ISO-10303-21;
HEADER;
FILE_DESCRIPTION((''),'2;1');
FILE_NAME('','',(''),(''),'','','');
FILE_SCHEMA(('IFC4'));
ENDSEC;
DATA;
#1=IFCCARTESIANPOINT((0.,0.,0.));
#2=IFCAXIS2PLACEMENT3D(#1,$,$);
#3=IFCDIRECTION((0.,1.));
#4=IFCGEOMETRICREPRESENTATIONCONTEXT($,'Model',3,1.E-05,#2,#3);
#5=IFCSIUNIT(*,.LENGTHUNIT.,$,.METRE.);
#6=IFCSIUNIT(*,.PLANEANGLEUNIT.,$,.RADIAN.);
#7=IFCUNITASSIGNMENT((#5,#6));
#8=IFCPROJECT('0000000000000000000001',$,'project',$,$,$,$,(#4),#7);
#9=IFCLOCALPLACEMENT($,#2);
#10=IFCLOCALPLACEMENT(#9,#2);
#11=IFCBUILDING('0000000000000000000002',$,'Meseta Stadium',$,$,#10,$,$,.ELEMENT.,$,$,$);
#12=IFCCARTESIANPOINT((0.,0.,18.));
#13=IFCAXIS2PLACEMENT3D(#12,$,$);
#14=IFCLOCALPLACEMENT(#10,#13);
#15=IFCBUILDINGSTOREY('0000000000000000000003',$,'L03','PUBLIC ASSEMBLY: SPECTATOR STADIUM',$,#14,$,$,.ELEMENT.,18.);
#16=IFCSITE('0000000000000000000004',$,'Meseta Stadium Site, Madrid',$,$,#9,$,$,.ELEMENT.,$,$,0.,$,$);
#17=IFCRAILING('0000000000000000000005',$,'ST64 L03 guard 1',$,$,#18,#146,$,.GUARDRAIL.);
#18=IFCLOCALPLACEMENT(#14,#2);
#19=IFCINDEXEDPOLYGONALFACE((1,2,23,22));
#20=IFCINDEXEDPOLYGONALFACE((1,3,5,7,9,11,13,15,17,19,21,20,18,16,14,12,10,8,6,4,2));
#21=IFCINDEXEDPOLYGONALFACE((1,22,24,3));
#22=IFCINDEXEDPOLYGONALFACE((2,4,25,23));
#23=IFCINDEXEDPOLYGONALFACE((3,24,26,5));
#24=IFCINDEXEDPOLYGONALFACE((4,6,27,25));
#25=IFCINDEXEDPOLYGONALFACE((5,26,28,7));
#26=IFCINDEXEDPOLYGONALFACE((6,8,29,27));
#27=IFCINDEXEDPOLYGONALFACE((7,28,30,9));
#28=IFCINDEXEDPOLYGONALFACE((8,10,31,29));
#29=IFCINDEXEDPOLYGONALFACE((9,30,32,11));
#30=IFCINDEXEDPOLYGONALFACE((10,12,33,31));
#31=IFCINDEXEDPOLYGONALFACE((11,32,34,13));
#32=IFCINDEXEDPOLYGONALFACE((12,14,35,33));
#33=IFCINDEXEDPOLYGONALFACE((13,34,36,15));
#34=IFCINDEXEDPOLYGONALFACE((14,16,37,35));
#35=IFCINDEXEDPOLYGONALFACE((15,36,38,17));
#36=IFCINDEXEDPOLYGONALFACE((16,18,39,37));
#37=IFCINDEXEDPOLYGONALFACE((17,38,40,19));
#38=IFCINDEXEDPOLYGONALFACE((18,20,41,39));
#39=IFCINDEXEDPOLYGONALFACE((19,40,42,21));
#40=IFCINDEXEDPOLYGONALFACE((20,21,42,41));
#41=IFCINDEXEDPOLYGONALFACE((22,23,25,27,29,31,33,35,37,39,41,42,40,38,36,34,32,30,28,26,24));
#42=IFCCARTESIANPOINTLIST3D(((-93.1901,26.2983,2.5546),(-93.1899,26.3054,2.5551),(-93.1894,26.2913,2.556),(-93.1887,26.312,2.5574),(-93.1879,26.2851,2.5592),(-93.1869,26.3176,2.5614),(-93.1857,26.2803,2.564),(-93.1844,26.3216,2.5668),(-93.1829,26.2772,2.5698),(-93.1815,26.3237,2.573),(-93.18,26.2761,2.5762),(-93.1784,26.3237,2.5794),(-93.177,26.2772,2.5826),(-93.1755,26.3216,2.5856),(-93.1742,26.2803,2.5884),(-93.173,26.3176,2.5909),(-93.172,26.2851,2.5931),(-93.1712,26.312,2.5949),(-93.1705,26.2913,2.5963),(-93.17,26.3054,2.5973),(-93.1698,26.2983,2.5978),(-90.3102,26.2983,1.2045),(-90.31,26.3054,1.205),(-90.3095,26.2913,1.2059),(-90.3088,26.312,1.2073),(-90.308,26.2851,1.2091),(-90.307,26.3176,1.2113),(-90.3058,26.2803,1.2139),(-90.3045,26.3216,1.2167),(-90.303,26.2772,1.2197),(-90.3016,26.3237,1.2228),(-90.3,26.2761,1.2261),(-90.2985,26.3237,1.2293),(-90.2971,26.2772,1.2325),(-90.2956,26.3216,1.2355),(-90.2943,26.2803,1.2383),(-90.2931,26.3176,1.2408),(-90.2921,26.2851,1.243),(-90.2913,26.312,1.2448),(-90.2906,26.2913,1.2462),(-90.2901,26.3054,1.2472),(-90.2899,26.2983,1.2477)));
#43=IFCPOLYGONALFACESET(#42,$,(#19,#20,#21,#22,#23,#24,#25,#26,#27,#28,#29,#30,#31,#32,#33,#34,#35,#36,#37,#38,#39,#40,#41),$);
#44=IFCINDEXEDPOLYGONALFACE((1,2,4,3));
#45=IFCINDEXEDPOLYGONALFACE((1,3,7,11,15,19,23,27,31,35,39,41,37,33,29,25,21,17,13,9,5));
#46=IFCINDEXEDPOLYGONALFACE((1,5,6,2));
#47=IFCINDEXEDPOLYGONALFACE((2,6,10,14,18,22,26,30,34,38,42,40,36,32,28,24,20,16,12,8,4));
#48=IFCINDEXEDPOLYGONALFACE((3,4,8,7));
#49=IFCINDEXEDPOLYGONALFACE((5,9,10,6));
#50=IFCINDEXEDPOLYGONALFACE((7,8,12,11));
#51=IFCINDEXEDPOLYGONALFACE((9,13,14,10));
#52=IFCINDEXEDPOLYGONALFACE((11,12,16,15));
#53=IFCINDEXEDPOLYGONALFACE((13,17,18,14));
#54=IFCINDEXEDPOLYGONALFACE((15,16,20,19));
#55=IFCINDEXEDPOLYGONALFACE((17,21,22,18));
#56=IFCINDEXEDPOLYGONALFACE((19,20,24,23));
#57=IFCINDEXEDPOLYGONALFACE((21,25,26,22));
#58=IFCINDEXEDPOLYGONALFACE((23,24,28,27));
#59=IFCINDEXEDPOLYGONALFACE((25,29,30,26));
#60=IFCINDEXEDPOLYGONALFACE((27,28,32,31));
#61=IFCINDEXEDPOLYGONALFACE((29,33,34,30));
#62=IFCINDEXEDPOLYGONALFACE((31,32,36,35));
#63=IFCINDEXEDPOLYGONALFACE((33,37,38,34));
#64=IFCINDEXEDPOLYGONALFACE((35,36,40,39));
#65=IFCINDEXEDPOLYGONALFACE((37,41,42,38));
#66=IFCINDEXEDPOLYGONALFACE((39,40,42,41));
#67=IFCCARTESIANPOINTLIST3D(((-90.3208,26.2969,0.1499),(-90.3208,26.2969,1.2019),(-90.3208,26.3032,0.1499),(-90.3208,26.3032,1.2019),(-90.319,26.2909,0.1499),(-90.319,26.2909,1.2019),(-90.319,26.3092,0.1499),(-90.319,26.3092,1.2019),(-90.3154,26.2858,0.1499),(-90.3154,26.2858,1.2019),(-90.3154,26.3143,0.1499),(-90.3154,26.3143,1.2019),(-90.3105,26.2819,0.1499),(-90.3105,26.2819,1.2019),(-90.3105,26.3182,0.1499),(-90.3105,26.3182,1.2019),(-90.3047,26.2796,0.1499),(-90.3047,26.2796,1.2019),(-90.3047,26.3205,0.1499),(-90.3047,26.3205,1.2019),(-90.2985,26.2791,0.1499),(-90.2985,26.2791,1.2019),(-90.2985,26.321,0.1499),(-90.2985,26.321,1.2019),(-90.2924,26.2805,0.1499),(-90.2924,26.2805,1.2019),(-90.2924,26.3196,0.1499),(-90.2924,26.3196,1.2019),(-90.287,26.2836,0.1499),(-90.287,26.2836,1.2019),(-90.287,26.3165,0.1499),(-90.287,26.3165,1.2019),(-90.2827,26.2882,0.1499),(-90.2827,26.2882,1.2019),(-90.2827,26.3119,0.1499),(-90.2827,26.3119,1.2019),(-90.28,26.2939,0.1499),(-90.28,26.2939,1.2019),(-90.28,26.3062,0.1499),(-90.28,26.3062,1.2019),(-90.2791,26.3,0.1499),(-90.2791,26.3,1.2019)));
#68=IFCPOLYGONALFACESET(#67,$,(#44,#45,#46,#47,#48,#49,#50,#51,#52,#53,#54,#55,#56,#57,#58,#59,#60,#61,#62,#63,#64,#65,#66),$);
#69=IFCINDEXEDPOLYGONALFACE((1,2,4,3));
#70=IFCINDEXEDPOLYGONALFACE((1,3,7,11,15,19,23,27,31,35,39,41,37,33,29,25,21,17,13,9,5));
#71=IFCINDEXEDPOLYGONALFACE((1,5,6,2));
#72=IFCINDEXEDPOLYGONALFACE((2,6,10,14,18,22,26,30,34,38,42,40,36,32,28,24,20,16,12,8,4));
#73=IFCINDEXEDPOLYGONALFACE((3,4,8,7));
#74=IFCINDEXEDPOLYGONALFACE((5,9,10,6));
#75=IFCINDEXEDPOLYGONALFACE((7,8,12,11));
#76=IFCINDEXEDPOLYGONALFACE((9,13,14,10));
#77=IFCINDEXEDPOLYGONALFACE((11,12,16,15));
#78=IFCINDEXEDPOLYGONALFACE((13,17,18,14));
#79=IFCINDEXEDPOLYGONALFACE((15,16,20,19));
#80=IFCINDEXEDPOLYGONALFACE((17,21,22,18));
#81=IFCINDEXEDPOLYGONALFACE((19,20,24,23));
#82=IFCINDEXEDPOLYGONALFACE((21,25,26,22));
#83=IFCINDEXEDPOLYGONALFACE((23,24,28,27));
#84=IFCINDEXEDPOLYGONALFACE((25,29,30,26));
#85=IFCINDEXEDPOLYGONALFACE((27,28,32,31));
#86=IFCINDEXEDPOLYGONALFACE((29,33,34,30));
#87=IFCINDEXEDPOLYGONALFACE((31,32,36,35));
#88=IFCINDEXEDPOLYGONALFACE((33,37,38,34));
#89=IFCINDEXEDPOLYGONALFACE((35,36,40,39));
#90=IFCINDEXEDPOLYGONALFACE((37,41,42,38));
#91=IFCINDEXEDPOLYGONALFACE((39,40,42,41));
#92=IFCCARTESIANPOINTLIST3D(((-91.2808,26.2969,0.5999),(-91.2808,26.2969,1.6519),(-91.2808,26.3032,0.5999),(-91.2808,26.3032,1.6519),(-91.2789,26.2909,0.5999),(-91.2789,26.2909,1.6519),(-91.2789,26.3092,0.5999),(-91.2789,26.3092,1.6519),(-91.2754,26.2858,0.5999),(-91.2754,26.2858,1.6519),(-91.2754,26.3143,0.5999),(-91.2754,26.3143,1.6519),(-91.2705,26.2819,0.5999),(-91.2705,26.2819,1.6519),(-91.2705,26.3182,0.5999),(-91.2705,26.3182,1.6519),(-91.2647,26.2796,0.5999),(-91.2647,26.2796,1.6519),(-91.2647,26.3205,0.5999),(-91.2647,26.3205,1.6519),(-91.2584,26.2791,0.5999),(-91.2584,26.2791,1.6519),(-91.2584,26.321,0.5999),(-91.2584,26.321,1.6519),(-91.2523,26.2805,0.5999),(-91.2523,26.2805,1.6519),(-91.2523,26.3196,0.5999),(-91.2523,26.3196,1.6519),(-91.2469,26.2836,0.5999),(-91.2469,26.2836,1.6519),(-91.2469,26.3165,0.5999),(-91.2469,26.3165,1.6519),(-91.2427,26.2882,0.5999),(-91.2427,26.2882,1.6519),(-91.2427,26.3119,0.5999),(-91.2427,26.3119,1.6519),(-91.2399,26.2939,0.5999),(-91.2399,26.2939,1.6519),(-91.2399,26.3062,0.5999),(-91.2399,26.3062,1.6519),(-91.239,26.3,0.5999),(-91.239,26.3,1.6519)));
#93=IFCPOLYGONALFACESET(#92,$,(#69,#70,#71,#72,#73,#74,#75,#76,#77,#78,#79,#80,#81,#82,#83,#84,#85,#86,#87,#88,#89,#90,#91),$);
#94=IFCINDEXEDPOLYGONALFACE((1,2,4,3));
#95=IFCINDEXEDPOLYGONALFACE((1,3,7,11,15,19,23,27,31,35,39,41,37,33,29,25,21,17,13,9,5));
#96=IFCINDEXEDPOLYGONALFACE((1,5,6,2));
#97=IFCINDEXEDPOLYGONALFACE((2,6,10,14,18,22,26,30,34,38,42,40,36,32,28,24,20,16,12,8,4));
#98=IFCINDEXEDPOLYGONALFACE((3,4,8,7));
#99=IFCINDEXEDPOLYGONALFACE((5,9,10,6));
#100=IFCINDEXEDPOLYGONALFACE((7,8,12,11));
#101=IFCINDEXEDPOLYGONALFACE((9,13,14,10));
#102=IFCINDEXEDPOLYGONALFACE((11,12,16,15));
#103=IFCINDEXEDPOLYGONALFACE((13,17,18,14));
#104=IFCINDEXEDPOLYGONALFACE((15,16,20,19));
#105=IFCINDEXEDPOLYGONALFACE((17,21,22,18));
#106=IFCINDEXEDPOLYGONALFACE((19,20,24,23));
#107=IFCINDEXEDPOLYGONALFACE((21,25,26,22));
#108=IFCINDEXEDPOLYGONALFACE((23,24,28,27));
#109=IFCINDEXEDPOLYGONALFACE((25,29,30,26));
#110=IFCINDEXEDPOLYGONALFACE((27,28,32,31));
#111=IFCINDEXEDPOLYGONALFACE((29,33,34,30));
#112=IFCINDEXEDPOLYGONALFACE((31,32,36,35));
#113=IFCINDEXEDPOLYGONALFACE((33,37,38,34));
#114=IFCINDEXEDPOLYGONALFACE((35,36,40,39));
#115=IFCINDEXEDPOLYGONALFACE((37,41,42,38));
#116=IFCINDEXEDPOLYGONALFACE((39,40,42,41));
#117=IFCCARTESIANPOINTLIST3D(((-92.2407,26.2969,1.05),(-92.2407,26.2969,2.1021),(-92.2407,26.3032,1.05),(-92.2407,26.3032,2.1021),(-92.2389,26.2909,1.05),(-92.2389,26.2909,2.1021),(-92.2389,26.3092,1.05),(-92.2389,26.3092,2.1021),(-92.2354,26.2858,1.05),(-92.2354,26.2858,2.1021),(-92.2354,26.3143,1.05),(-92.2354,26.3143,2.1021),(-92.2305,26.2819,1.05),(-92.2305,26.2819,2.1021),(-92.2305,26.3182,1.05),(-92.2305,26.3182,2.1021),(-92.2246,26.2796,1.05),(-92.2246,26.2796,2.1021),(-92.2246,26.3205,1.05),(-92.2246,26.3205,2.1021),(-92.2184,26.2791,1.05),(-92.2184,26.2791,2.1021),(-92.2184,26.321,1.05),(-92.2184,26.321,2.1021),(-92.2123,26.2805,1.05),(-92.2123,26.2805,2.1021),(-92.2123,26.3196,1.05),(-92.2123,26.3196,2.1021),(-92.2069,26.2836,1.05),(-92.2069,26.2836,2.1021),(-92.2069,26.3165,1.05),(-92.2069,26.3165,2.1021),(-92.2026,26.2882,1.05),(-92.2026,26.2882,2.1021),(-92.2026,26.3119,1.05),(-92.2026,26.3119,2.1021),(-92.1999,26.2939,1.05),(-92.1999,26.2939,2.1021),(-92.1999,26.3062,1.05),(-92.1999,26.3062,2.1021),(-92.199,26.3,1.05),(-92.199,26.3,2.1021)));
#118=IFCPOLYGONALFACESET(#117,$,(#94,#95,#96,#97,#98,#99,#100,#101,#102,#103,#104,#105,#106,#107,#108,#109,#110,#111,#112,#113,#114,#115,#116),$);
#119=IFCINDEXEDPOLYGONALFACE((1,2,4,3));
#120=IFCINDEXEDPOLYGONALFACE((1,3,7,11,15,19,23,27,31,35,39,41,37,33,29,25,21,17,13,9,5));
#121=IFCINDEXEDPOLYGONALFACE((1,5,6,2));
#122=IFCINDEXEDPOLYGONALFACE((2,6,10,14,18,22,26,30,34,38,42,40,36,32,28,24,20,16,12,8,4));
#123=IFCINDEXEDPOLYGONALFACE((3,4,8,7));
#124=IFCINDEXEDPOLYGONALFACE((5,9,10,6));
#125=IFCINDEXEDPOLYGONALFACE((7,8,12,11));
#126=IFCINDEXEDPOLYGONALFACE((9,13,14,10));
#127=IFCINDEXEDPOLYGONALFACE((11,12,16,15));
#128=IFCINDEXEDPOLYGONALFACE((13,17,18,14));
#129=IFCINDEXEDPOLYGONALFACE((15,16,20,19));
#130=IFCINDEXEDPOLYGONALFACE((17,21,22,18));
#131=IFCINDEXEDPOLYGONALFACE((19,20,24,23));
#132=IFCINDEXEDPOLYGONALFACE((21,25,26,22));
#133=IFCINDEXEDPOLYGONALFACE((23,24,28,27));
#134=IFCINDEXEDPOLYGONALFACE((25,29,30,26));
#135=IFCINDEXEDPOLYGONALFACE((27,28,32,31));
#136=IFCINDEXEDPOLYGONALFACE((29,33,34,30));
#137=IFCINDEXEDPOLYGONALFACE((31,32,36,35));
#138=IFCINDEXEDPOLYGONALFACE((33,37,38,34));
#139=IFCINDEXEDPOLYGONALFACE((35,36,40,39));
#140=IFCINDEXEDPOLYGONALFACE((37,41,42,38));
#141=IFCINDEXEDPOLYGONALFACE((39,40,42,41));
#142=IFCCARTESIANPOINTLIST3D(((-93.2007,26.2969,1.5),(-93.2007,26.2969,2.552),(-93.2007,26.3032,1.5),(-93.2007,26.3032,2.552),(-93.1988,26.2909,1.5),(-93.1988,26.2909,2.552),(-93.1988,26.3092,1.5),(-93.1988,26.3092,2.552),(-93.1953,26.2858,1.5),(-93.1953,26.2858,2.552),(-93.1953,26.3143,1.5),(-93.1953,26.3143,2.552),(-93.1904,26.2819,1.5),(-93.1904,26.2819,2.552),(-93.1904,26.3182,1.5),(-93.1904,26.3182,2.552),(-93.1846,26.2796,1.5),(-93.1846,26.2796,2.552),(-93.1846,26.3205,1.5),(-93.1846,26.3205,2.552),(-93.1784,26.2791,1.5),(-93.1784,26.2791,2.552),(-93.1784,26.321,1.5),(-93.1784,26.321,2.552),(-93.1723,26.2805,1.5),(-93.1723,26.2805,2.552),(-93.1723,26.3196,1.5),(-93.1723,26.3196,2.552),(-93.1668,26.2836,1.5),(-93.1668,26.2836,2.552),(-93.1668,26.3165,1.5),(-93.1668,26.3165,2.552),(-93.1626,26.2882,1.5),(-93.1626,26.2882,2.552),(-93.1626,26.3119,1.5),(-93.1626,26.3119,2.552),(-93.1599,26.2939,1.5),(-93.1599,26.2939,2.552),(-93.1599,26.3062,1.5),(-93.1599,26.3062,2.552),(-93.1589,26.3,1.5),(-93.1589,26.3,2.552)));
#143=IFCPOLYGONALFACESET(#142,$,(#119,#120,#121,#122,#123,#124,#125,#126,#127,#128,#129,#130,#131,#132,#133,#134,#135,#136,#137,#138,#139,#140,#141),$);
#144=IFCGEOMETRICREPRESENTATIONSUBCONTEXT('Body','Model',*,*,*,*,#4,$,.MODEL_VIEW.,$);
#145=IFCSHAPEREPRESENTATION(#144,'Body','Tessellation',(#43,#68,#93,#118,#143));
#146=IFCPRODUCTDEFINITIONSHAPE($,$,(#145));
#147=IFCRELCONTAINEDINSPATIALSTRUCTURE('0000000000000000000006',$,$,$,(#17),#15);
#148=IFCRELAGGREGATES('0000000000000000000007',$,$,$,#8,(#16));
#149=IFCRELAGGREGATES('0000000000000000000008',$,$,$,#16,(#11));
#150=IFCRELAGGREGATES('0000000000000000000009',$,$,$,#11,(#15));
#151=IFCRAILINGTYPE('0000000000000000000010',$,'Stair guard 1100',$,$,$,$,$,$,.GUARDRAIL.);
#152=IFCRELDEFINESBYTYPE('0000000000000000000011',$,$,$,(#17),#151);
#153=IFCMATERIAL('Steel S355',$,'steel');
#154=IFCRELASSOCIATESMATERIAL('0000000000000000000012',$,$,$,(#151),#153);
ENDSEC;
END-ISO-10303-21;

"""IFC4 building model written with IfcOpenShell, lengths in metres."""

from ifc_helpers import new_model, si_unit, direction, frame, origin, origin_2d, place, context, subcontext, project, spatial, circle, extrude, material, type_object, element, save


model = new_model("IFC4")

# Units and contexts
model_context = context("Model", 3, precision=1e-05, world=origin(), true_north=direction((0.0, 1.0)))
body_context = subcontext(model_context, "Body", "Model", "MODEL_VIEW")
ifc_project = project(units=[si_unit("LENGTHUNIT", "METRE"), si_unit("PLANEANGLEUNIT", "RADIAN")], contexts=[model_context])

# Site, building, storey
site_placement = place(None, origin())
site = spatial("IfcSite", under=ifc_project, at=site_placement, Name="Meseta Stadium Site, Madrid", CompositionType="ELEMENT", RefElevation=0.0)
building_placement = place(site_placement, origin())
building = spatial("IfcBuilding", under=site, at=building_placement, Name="Meseta Stadium", CompositionType="ELEMENT")
storey_placement = place(building_placement, frame((0.0, 0.0, 18.0)))
storey = spatial("IfcBuildingStorey", under=building, at=storey_placement, Name="L03", Description="PUBLIC ASSEMBLY: SPECTATOR STADIUM", CompositionType="ELEMENT", Elevation=18.0)

# Railing
ifc_material_1 = material(Name="Steel S355", Category="steel")
railing_type_1 = type_object("IfcRailingType", Name="Stair guard 1100", PredefinedType="GUARDRAIL", material=ifc_material_1)
for number, where, name in (
    (1, (-90.3, 26.3, 0.1499), "ST64 L03 guard 1"),
):
    element("IfcRailing", number, at=place(storey_placement, frame(where)), inside=storey, type_object=railing_type_1, Name=name, PredefinedType="GUARDRAIL", context=body_context, shape_type="SweptSolid", body=[
        extrude(circle(Radius=0.0239, at=origin_2d()), frame((0.0, 0.0, 1.0762), z_axis=(-0.90544, 0.0, 0.424473), x_axis=(0.0, -1.0, 0.0)), (0.0, 0.0, 1.0), 3.1807),
        extrude(circle(Radius=0.021, at=origin_2d()), origin(), (0.0, 0.0, 1.0), 1.052),
        extrude(circle(Radius=0.021, at=origin_2d()), frame((-0.96, 0.0, 0.45)), (0.0, 0.0, 1.0), 1.052),
        extrude(circle(Radius=0.021, at=origin_2d()), frame((-1.9199, 0.0, 0.9001)), (0.0, 0.0, 1.0), 1.052),
        extrude(circle(Radius=0.021, at=origin_2d()), frame((-2.8799, 0.0, 1.3501)), (0.0, 0.0, 1.0), 1.052),
    ])

save(model, "model.ifc")
